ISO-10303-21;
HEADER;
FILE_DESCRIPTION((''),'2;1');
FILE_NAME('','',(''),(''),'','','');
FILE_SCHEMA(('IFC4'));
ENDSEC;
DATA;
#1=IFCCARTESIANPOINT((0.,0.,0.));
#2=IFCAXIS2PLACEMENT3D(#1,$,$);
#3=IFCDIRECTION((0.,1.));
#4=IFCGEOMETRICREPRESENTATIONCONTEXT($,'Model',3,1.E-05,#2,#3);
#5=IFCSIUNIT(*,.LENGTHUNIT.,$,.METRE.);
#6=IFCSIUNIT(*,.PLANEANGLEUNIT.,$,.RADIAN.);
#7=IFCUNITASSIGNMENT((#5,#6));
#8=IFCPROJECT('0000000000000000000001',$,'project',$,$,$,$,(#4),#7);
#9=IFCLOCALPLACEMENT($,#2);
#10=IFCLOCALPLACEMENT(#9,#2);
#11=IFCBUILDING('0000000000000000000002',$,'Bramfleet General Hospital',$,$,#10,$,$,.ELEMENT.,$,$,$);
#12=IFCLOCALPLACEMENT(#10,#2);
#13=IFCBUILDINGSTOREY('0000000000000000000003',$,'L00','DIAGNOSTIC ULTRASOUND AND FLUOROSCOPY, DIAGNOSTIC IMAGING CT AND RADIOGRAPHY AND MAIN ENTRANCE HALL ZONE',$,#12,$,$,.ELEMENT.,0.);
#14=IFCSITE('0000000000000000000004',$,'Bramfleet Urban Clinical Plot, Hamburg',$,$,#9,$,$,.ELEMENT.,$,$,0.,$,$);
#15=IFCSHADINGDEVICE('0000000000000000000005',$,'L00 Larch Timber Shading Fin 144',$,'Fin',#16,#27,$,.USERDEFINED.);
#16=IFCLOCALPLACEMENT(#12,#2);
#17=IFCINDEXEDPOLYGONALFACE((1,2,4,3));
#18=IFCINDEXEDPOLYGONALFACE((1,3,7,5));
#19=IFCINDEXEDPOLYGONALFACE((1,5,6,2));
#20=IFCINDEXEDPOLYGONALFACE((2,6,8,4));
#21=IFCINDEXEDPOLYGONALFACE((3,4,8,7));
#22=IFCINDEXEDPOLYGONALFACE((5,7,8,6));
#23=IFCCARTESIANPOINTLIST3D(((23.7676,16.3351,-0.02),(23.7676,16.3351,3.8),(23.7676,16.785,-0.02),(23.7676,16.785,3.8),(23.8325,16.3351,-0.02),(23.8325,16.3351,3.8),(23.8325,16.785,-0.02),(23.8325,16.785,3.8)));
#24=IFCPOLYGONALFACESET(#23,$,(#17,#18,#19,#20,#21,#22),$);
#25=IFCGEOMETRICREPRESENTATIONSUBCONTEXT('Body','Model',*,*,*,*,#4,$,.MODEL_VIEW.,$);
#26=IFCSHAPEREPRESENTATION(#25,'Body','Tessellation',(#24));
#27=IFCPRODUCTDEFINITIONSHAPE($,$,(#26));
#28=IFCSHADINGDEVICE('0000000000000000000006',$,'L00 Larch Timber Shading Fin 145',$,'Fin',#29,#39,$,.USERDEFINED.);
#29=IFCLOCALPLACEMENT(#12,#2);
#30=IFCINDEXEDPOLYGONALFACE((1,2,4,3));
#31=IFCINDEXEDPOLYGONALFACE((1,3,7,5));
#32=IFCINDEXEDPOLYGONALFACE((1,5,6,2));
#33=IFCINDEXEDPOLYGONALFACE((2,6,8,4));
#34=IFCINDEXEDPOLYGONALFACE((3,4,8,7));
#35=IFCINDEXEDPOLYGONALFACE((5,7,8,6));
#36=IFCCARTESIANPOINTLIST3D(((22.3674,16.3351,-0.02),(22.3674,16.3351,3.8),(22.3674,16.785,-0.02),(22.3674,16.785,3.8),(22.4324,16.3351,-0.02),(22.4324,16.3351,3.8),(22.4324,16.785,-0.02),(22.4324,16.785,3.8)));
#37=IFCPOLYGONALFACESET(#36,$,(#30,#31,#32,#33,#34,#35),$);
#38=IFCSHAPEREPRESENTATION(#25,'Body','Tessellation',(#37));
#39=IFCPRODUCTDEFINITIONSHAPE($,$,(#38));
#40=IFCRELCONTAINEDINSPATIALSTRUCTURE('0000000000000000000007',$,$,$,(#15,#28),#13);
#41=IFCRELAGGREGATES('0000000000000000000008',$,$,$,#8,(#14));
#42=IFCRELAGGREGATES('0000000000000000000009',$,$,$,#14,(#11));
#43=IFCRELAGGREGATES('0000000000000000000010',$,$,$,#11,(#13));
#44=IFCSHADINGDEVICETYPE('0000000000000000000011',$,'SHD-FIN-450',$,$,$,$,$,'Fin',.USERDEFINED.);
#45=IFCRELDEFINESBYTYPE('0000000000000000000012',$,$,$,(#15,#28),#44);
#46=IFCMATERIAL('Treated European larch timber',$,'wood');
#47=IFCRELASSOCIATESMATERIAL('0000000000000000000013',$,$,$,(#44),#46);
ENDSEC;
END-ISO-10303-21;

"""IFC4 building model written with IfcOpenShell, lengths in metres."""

from ifc_helpers import new_model, si_unit, direction, frame, origin, origin_2d, place, context, subcontext, project, spatial, rectangle, extrude, material, material_profile, profile_set, type_object, element, save


model = new_model("IFC4")

# Units and contexts
model_context = context("Model", 3, precision=1e-05, world=origin(), true_north=direction((0.0, 1.0)))
body_context = subcontext(model_context, "Body", "Model", "MODEL_VIEW")
ifc_project = project(units=[si_unit("LENGTHUNIT", "METRE"), si_unit("PLANEANGLEUNIT", "RADIAN")], contexts=[model_context])

# Site, building, storey
site_placement = place(None, origin())
site = spatial("IfcSite", under=ifc_project, at=site_placement, Name="Bramfleet Urban Clinical Plot, Hamburg", CompositionType="ELEMENT", RefElevation=0.0)
building_placement = place(site_placement, origin())
building = spatial("IfcBuilding", under=site, at=building_placement, Name="Bramfleet General Hospital", CompositionType="ELEMENT")
storey_placement = place(building_placement, origin())
storey = spatial("IfcBuildingStorey", under=building, at=storey_placement, Name="L00", Description="DIAGNOSTIC ULTRASOUND AND FLUOROSCOPY, DIAGNOSTIC IMAGING CT AND RADIOGRAPHY AND MAIN ENTRANCE HALL ZONE", CompositionType="ELEMENT", Elevation=0.0)

# Shading devices
ifc_material_1 = material(Name="Treated European larch timber", Category="wood")
ifc_material_profile_1 = material_profile(ifc_material_1, rectangle(XDim=0.0649, YDim=0.45, at=origin_2d()), Name="LARCH FIN 450x65")
ifc_profile_set_1 = profile_set([ifc_material_profile_1], Name="Treated European larch timber")
shading_device_type = type_object("IfcShadingDeviceType", Name="SHD-FIN-450", ElementType="Fin", PredefinedType="USERDEFINED", material=ifc_profile_set_1)
for number, where, z_axis, x_axis, name in (
    (1, (23.8, 16.5601, -0.02), (0.0, 0.0, 1.0), (-1.0, 0.0, 0.0), "L00 Larch Timber Shading Fin 144"),
    (2, (22.3999, 16.5601, -0.02), (0.0, 0.0, 1.0), (-1.0, 0.0, 0.0), "L00 Larch Timber Shading Fin 145"),
):
    element("IfcShadingDevice", number, at=place(storey_placement, frame(where, z_axis=z_axis, x_axis=x_axis)), inside=storey, type_object=shading_device_type, Name=name, ObjectType="Fin", PredefinedType="USERDEFINED", context=body_context, shape_type="SweptSolid", body=[
        extrude(rectangle(XDim=0.0649, YDim=0.45, at=origin_2d()), origin(), (0.0, 0.0, 1.0), 3.8201),
    ])

save(model, "model.ifc")
